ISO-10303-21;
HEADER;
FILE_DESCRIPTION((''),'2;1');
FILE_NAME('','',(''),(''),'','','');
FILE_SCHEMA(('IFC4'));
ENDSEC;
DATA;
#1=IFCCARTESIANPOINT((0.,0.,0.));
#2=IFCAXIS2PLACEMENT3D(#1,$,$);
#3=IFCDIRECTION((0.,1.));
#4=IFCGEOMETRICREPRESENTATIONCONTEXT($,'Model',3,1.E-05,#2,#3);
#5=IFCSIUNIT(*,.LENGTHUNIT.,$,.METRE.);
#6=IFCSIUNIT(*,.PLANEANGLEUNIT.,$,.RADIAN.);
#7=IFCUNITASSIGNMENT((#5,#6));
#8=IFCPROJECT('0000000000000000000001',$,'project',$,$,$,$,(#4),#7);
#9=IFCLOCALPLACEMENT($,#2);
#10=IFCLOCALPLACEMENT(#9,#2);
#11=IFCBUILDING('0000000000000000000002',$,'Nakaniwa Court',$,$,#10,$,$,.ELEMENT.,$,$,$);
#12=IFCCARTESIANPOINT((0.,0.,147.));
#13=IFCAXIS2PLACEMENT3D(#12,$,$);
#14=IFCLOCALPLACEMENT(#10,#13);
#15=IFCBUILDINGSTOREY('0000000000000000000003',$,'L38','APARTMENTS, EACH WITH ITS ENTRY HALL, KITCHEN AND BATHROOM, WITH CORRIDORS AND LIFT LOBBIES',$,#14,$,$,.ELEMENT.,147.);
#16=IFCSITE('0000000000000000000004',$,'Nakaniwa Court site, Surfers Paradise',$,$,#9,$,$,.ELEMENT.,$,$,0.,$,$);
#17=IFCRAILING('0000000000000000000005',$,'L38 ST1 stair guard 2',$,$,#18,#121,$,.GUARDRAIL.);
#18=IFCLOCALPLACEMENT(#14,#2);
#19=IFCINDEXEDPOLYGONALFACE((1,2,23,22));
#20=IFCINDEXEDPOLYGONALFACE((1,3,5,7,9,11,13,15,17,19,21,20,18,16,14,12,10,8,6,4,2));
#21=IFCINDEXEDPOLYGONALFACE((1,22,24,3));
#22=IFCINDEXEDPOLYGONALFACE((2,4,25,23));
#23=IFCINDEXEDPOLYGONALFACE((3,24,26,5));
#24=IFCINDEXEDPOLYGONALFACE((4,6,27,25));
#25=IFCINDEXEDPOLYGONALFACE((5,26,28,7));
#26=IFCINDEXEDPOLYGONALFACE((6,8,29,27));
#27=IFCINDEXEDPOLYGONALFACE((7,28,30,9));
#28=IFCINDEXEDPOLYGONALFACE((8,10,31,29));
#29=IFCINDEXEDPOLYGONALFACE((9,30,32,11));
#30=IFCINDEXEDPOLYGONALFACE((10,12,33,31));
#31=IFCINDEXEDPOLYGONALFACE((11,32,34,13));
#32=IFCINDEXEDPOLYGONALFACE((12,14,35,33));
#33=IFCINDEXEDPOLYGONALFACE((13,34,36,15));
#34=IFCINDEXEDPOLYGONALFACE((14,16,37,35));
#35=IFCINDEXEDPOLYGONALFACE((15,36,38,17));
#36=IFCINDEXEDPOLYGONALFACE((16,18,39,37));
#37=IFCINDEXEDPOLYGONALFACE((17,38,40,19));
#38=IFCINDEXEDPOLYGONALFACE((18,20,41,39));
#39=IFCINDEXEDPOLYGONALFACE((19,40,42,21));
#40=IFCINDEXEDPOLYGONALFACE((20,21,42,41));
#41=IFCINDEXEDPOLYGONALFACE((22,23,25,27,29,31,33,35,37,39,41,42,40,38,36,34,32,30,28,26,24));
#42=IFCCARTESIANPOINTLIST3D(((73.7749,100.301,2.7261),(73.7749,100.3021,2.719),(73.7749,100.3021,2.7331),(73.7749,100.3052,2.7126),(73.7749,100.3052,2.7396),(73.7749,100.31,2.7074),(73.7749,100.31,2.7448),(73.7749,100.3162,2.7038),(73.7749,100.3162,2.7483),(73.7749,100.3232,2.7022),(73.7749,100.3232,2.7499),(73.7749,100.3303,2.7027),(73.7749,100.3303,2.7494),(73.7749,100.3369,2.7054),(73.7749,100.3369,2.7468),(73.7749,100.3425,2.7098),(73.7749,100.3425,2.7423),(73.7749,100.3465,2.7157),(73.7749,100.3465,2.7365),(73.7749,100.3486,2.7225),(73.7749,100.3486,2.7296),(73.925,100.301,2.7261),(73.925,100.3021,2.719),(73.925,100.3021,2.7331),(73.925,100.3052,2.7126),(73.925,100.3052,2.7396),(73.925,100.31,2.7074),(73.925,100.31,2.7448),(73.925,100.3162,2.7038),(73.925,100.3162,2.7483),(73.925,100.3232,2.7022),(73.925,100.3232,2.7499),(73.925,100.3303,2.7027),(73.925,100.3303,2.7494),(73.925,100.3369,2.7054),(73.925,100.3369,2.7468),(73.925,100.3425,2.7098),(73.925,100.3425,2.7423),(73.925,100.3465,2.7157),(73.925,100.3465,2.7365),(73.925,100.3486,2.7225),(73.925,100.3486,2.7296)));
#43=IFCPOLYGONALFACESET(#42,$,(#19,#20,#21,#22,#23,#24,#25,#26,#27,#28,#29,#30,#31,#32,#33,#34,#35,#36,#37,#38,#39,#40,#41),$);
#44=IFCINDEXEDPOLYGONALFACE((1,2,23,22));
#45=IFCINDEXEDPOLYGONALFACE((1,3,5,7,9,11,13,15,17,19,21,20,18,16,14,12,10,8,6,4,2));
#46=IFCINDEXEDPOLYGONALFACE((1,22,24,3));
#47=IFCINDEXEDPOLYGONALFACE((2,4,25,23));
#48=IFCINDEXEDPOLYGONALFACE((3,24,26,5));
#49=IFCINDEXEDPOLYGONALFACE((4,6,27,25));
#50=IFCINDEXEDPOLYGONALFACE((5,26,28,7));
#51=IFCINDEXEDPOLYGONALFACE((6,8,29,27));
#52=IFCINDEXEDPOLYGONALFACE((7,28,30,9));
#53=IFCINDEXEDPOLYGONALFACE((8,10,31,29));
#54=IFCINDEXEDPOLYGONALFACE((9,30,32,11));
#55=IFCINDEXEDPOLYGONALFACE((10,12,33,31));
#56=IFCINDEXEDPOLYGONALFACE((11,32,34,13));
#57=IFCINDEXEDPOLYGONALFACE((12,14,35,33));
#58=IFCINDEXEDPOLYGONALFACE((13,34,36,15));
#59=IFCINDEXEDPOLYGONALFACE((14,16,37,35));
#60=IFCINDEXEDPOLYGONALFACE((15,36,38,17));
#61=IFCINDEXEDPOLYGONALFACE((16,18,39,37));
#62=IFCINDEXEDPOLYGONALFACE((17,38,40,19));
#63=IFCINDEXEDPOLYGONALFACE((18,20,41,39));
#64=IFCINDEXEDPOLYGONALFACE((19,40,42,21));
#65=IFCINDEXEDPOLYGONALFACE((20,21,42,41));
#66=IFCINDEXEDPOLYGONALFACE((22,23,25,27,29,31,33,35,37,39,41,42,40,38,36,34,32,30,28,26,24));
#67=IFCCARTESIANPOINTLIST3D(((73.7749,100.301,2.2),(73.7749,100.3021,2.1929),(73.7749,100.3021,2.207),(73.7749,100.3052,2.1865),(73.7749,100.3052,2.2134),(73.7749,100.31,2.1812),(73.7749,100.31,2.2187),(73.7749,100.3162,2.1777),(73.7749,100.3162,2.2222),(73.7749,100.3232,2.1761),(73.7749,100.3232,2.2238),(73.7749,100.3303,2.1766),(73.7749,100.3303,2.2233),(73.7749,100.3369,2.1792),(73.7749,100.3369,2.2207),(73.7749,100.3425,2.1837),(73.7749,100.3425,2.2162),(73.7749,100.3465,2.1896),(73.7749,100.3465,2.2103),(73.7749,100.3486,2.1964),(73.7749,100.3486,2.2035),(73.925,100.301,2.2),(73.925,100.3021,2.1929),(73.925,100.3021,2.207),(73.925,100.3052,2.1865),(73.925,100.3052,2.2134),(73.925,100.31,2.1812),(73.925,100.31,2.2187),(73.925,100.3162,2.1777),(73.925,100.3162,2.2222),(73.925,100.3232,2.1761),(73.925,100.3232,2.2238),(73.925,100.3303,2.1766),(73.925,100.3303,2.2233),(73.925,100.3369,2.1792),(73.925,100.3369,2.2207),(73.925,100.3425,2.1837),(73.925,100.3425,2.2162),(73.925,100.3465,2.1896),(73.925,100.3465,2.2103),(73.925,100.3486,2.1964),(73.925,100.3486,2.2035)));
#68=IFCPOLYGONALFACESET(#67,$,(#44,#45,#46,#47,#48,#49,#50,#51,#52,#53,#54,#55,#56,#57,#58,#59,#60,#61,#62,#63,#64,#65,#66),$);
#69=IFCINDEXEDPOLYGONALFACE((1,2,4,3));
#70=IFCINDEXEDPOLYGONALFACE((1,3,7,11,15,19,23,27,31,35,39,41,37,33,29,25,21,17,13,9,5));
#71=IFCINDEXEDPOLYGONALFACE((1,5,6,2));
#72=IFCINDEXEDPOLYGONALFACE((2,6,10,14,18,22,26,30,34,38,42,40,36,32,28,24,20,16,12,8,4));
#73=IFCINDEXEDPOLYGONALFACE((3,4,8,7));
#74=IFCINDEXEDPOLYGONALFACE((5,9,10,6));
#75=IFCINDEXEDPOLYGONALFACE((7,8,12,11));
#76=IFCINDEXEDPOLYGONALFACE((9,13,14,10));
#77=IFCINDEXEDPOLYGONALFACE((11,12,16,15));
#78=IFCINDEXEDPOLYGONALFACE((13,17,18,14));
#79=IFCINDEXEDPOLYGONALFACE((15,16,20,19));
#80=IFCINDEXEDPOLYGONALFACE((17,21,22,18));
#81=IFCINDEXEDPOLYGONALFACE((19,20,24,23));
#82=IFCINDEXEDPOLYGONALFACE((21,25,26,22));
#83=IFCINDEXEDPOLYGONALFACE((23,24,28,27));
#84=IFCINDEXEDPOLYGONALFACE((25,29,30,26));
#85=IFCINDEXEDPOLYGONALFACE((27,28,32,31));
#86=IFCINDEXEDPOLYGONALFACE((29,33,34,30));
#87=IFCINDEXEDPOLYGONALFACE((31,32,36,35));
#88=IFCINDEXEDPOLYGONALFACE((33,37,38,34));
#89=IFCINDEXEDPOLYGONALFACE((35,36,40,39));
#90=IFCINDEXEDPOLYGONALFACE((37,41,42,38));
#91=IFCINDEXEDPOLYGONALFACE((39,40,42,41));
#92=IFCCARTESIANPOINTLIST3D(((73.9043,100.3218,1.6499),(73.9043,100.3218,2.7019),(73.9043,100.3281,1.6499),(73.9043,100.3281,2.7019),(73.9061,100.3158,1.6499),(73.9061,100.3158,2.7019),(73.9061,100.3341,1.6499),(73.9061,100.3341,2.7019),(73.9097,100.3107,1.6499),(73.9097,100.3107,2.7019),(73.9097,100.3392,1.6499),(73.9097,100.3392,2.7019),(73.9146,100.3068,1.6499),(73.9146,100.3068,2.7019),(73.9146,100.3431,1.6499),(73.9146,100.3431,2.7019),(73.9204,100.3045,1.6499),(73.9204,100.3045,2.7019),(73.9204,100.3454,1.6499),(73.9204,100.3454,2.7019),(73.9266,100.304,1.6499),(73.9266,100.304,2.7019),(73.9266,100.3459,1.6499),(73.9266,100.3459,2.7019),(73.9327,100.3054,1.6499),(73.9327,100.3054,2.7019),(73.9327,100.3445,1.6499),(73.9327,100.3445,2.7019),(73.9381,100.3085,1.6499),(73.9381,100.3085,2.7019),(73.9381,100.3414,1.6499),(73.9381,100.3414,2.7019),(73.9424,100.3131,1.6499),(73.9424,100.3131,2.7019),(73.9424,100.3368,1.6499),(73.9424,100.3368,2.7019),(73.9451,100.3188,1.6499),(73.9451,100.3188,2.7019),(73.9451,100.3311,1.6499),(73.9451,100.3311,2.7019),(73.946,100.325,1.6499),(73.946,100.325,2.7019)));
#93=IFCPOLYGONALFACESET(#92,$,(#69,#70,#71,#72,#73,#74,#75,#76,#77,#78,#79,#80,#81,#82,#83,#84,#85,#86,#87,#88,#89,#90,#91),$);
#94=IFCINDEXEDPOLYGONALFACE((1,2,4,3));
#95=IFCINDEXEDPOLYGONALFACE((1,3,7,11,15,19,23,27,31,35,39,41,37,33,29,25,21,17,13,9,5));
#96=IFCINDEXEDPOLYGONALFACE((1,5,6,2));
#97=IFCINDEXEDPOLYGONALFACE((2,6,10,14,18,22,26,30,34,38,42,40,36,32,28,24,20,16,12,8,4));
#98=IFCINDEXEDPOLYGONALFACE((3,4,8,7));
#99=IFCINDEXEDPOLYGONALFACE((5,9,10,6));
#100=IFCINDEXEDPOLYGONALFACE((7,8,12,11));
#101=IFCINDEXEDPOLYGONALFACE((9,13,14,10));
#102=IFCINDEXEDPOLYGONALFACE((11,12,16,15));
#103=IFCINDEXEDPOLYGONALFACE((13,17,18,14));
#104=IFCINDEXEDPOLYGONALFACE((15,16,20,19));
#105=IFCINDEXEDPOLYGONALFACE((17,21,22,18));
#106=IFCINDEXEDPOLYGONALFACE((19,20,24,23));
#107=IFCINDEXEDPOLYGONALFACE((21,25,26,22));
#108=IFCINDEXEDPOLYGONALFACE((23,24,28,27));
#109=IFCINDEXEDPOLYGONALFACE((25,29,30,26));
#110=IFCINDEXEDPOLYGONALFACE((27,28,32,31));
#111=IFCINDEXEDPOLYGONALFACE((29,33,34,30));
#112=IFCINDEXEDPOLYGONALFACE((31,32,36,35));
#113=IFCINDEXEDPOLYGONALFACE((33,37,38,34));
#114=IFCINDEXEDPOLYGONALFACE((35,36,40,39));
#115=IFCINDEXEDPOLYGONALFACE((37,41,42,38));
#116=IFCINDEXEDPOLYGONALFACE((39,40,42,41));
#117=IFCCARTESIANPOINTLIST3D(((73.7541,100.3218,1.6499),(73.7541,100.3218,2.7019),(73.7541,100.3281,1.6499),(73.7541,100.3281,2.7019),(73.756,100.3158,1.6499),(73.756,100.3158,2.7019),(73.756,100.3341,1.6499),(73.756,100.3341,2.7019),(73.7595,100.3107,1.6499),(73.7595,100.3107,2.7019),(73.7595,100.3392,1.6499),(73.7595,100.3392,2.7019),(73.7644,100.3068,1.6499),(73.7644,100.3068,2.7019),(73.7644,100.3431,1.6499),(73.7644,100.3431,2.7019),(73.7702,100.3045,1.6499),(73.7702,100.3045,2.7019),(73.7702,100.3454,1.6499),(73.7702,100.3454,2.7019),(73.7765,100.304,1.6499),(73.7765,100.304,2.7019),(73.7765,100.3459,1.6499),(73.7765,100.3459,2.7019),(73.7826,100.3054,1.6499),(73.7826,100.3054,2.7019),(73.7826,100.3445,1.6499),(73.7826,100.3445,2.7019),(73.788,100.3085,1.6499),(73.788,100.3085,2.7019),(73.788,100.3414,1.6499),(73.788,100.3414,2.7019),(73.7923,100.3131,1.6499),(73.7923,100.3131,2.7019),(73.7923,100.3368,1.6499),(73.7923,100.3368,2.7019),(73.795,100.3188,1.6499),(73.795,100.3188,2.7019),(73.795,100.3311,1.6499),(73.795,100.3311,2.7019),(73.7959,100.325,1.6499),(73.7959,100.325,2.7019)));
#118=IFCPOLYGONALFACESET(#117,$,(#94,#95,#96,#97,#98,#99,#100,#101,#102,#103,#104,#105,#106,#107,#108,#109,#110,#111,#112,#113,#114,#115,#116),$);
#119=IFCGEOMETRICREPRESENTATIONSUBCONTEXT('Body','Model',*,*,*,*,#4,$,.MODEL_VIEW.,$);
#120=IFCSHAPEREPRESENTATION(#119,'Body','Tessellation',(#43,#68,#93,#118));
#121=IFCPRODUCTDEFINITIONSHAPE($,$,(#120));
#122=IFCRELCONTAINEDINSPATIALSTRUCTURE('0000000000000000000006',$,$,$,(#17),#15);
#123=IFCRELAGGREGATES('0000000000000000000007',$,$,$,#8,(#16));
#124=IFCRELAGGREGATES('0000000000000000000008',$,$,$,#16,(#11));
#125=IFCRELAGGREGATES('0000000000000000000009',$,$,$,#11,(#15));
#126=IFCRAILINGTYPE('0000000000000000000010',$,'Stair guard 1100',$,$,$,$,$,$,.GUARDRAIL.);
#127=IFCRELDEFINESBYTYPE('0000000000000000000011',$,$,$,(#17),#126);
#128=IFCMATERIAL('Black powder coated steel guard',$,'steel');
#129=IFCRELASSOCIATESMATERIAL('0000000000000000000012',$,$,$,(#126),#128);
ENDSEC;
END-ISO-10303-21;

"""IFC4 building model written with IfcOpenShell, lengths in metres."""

from ifc_helpers import new_model, si_unit, direction, frame, origin, origin_2d, place, context, subcontext, project, spatial, circle, extrude, material, type_object, element, save


model = new_model("IFC4")

# Units and contexts
model_context = context("Model", 3, precision=1e-05, world=origin(), true_north=direction((0.0, 1.0)))
body_context = subcontext(model_context, "Body", "Model", "MODEL_VIEW")
ifc_project = project(units=[si_unit("LENGTHUNIT", "METRE"), si_unit("PLANEANGLEUNIT", "RADIAN")], contexts=[model_context])

# Site, building, storey
site_placement = place(None, origin())
site = spatial("IfcSite", under=ifc_project, at=site_placement, Name="Nakaniwa Court site, Surfers Paradise", CompositionType="ELEMENT", RefElevation=0.0)
building_placement = place(site_placement, origin())
building = spatial("IfcBuilding", under=site, at=building_placement, Name="Nakaniwa Court", CompositionType="ELEMENT")
storey_placement = place(building_placement, frame((0.0, 0.0, 147.0)))
storey = spatial("IfcBuildingStorey", under=building, at=storey_placement, Name="L38", Description="APARTMENTS, EACH WITH ITS ENTRY HALL, KITCHEN AND BATHROOM, WITH CORRIDORS AND LIFT LOBBIES", CompositionType="ELEMENT", Elevation=147.0)

# Railing
ifc_material_1 = material(Name="Black powder coated steel guard", Category="steel")
railing_type_1 = type_object("IfcRailingType", Name="Stair guard 1100", PredefinedType="GUARDRAIL", material=ifc_material_1)
railing_1_placement = place(storey_placement, frame((73.925, 100.325, 1.6499)))
element("IfcRailing", 1, at=railing_1_placement, inside=storey, type_object=railing_type_1, Name="L38 ST1 stair guard 2", PredefinedType="GUARDRAIL", context=body_context, shape_type="SweptSolid", body=[
    extrude(circle(Radius=0.0239, at=origin_2d()), frame((0.0, 0.0, 1.0762), z_axis=(-1.0, 0.0, 0.0), x_axis=(0.0, -1.0, 0.0)), (0.0, 0.0, 1.0), 0.1501),
    extrude(circle(Radius=0.0239, at=origin_2d()), frame((0.0, 0.0, 0.55), z_axis=(-1.0, 0.0, 0.0), x_axis=(0.0, -1.0, 0.0)), (0.0, 0.0, 1.0), 0.1501),
    extrude(circle(Radius=0.021, at=origin_2d()), origin(), (0.0, 0.0, 1.0), 1.052),
    extrude(circle(Radius=0.021, at=origin_2d()), frame((-0.1501, 0.0, 0.0)), (0.0, 0.0, 1.0), 1.052),
])

save(model, "model.ifc")
